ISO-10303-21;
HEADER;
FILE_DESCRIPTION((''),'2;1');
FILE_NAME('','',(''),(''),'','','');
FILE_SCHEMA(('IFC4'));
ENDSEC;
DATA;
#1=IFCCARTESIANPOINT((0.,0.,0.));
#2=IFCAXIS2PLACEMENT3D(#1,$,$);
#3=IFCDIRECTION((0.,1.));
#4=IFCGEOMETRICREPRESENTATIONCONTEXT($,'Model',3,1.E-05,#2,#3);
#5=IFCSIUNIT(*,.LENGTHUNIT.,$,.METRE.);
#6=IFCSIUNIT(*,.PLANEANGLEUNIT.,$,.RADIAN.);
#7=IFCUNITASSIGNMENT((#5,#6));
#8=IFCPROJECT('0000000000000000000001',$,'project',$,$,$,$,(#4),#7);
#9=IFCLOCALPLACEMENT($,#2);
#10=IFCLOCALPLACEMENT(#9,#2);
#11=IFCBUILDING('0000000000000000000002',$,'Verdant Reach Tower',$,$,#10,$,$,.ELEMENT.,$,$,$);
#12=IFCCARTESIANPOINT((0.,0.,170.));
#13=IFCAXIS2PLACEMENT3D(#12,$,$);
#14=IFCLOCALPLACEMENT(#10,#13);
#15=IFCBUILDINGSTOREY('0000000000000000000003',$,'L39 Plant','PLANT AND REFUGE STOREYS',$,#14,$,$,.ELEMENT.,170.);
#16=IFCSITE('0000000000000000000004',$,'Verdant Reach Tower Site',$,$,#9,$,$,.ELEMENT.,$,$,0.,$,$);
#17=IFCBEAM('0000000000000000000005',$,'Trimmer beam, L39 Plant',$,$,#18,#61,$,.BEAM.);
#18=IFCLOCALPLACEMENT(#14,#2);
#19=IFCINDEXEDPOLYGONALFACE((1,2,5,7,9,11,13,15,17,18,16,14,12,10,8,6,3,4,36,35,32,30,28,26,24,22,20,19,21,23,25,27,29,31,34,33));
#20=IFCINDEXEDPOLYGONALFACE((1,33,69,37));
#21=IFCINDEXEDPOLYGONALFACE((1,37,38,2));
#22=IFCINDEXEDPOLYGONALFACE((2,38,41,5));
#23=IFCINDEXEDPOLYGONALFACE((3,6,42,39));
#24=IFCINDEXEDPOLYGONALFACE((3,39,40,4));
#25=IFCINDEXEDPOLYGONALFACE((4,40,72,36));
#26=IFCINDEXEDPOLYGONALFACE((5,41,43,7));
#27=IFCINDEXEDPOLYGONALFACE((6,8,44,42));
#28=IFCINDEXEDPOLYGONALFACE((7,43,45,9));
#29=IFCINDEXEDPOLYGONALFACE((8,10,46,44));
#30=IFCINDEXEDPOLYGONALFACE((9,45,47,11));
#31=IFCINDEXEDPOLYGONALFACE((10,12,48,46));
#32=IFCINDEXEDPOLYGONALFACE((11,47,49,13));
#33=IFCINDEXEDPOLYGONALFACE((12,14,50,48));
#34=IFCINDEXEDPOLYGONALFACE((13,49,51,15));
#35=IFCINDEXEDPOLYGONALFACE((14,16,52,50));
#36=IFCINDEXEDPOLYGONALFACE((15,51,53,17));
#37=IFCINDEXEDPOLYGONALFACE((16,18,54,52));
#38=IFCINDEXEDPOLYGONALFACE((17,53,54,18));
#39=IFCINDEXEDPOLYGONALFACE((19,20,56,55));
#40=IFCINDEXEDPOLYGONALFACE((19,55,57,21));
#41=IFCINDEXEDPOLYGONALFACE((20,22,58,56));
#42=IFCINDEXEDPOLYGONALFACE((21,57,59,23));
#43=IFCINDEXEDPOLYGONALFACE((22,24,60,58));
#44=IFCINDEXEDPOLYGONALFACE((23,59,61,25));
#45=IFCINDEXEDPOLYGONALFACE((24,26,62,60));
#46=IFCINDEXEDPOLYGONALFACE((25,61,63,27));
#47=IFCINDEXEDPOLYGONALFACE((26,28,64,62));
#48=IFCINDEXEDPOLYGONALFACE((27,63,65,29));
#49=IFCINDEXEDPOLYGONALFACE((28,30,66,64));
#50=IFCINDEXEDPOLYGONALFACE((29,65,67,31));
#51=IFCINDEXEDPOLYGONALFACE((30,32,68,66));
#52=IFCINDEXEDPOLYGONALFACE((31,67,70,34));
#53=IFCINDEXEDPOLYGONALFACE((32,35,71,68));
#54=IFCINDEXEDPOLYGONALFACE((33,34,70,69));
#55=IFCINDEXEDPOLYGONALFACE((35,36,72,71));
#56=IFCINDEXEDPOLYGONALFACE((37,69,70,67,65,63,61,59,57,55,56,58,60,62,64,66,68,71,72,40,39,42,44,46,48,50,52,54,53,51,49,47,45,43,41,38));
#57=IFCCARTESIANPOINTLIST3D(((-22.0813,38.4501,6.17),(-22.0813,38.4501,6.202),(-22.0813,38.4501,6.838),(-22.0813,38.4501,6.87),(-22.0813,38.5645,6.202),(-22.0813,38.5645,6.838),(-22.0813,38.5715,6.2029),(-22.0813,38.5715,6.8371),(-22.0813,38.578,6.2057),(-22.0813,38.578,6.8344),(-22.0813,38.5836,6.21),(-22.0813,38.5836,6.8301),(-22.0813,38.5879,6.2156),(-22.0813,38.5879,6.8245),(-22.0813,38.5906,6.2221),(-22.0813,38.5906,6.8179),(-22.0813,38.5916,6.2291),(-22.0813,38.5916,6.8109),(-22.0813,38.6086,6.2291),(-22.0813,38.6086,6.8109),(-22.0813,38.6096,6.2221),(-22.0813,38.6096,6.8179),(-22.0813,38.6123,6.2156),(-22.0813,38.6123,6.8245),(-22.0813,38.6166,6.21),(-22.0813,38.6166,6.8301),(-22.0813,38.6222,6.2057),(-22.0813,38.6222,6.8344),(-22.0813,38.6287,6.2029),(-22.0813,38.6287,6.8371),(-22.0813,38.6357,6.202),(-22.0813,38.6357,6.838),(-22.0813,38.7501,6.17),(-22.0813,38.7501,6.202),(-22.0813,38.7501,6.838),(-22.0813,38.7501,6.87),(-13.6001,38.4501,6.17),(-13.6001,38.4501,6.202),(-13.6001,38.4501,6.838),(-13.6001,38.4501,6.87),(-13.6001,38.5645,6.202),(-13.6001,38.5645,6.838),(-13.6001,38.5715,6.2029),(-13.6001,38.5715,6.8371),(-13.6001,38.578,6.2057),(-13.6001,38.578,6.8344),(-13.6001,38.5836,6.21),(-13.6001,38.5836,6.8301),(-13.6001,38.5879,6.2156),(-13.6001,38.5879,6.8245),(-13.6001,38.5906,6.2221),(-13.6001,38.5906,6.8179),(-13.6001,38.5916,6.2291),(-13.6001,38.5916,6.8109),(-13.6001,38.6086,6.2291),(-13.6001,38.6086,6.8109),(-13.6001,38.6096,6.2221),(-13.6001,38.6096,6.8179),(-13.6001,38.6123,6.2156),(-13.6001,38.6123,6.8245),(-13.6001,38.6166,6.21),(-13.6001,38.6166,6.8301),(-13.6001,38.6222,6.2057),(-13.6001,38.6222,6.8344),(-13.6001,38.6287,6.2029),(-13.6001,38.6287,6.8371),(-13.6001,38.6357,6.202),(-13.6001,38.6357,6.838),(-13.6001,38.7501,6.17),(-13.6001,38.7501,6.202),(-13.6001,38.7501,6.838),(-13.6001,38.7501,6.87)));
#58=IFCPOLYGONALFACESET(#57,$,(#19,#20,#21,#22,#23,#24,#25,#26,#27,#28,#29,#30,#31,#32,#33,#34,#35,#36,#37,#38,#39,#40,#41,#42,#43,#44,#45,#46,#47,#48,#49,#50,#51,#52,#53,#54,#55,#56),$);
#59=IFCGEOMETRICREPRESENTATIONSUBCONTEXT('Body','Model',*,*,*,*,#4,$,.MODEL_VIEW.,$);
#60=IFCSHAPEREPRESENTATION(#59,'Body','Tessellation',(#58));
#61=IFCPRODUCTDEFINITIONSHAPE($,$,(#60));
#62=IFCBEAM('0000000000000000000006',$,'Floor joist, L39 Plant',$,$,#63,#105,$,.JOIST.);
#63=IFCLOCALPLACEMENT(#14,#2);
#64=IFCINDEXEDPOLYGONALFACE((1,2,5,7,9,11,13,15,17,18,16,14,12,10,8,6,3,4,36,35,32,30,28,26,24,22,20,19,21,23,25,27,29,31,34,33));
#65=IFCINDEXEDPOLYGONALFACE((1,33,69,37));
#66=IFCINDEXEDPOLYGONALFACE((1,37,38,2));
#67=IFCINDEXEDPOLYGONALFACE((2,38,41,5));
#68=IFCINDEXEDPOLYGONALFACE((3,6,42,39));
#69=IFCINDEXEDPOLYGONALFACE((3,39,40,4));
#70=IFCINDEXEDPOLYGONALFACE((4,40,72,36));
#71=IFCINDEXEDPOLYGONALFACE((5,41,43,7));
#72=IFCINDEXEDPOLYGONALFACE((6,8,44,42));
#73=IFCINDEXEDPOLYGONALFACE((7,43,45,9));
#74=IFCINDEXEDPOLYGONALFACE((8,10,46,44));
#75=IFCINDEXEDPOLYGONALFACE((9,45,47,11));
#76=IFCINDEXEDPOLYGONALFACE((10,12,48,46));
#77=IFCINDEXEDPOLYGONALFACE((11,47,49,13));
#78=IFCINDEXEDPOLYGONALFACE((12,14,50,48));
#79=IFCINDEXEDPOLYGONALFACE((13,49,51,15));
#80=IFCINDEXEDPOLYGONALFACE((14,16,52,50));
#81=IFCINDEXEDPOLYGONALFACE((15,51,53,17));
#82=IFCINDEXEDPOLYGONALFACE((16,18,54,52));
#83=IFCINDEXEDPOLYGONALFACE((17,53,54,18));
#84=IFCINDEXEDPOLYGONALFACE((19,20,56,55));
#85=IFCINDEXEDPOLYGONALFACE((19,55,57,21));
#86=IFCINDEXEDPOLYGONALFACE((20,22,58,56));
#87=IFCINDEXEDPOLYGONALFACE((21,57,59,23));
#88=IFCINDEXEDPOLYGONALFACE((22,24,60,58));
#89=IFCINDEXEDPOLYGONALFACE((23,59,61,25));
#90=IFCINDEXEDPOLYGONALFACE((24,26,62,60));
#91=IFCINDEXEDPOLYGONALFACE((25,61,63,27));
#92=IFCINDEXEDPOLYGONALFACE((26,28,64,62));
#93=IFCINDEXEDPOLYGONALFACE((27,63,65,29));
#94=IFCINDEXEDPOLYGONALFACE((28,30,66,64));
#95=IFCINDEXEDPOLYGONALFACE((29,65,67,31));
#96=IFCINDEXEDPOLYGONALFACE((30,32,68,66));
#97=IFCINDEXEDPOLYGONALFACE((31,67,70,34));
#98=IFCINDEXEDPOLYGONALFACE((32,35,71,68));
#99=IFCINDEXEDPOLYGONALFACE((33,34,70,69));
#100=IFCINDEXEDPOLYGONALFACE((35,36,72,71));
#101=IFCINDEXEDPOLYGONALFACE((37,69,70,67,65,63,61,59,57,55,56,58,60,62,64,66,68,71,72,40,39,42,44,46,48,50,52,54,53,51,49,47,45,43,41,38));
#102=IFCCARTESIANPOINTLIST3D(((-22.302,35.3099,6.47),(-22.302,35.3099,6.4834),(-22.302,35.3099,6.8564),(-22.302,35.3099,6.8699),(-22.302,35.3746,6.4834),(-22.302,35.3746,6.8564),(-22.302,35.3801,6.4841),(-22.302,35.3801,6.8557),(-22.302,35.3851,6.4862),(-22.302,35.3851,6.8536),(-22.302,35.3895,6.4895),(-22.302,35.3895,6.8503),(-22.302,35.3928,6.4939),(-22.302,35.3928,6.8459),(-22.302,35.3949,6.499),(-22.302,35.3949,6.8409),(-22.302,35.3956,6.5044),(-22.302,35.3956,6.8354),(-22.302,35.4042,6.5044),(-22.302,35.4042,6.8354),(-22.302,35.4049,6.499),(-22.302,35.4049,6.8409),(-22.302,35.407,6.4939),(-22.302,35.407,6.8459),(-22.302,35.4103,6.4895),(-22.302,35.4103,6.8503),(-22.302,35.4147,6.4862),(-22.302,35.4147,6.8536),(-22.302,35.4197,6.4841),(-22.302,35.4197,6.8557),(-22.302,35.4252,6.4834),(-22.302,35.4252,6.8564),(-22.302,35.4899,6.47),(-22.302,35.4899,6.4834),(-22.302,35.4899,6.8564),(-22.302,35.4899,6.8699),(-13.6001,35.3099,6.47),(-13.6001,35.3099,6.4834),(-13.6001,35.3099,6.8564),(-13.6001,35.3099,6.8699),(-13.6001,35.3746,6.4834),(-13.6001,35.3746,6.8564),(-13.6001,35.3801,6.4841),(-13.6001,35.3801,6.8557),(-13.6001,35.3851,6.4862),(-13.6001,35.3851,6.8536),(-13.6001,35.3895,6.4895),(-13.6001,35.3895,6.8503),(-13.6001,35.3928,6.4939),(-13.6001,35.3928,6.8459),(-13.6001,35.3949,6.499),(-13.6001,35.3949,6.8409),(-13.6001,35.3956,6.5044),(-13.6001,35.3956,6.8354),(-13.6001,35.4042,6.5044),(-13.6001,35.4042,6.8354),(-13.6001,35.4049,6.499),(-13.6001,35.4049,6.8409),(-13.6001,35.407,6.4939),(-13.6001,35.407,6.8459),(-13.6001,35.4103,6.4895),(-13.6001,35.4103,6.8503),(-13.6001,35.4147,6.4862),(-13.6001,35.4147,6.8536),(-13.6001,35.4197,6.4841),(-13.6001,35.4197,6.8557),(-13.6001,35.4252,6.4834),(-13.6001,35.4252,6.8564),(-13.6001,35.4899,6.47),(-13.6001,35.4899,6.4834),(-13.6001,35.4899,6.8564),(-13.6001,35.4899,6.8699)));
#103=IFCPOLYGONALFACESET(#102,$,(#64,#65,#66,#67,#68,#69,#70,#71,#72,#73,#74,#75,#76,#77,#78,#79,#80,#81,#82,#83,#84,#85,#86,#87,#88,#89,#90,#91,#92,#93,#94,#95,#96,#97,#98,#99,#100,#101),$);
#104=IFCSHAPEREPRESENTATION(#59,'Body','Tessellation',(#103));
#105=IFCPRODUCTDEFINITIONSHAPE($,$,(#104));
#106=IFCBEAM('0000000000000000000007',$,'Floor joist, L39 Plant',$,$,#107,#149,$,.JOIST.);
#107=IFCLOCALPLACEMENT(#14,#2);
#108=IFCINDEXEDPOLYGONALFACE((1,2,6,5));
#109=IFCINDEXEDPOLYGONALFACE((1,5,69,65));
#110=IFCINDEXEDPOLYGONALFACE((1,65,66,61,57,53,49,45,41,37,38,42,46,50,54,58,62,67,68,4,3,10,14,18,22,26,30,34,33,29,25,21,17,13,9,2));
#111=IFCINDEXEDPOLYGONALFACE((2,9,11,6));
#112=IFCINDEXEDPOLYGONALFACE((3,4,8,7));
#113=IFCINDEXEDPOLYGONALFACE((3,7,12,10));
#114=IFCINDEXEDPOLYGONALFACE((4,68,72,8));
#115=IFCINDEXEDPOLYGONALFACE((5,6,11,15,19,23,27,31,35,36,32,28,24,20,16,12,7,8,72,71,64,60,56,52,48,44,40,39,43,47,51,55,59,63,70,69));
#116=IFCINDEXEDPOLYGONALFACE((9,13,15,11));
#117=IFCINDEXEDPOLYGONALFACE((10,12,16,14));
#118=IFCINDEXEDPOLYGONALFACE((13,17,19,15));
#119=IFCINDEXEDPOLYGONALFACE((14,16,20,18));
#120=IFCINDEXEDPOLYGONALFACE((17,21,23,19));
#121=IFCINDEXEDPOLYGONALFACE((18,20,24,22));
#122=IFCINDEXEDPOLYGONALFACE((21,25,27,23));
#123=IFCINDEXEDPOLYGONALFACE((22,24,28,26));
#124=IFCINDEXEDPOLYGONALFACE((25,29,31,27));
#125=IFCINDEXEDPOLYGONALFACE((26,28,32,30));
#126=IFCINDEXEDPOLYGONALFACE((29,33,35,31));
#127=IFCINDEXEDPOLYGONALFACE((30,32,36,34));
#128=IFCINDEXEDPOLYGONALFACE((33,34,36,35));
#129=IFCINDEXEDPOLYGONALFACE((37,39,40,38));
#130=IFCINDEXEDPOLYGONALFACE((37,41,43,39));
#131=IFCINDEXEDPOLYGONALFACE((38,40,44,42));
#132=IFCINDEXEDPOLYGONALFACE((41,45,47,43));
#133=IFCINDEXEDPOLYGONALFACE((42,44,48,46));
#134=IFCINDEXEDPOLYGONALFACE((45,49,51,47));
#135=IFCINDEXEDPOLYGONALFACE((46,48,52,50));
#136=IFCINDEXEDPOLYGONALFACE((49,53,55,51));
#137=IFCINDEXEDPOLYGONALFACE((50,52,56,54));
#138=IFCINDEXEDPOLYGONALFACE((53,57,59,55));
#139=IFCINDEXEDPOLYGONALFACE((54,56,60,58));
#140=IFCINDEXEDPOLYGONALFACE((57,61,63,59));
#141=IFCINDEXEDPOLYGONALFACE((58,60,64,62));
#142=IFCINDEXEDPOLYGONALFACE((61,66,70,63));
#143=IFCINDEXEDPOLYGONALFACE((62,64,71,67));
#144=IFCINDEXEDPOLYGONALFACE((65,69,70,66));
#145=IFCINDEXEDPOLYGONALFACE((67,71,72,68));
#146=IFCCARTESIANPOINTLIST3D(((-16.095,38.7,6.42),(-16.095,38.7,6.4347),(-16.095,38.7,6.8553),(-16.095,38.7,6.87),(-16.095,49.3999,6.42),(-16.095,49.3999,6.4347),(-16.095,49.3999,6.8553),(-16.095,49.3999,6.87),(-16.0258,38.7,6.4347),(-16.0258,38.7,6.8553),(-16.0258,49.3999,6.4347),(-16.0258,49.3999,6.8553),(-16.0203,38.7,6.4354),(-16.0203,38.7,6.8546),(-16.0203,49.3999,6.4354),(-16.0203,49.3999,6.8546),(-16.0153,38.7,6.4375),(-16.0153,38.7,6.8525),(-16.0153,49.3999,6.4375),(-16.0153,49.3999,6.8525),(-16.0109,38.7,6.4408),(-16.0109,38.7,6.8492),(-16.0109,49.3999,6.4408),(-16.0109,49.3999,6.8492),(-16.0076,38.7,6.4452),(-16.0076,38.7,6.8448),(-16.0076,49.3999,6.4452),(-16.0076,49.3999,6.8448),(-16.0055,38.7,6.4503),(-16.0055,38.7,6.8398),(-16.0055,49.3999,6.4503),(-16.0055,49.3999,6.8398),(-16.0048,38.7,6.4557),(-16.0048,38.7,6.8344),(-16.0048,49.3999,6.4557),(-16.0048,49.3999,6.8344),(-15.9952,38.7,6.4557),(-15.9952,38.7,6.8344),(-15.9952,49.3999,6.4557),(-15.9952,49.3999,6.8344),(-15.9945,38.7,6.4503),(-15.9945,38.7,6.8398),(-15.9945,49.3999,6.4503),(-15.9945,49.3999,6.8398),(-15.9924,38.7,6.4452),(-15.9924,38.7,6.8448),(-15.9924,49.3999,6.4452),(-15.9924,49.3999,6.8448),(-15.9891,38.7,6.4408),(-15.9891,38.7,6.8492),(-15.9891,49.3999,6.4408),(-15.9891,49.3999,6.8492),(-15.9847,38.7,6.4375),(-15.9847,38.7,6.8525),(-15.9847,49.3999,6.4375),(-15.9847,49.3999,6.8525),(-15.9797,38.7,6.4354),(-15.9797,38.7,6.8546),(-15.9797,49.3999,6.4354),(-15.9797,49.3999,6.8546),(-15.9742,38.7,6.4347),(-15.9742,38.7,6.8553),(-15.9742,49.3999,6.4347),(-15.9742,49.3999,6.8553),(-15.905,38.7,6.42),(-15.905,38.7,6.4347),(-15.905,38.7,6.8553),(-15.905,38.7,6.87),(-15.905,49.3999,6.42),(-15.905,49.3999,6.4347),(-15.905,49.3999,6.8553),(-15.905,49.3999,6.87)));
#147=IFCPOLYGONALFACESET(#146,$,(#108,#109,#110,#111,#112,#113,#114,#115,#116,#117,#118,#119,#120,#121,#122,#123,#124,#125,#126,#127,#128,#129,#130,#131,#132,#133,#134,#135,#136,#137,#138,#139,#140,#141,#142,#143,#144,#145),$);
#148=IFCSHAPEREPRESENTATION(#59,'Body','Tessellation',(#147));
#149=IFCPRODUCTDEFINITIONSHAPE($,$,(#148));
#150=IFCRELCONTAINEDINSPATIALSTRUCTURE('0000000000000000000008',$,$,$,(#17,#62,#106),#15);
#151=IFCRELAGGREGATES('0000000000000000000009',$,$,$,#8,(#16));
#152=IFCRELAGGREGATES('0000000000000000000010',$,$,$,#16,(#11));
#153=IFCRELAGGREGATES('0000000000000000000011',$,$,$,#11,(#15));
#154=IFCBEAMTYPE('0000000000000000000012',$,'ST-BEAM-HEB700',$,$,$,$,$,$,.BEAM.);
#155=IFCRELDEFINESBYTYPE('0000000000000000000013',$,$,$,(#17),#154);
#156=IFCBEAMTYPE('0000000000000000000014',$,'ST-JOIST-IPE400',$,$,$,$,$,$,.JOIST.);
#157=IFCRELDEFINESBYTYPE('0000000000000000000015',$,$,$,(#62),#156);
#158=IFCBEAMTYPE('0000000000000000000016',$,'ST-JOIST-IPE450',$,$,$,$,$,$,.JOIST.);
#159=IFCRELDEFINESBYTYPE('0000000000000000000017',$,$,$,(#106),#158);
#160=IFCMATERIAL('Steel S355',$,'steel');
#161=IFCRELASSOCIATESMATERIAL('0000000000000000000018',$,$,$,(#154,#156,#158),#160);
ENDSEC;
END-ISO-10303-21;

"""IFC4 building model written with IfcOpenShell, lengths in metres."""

from ifc_helpers import new_model, si_unit, direction, frame, origin, origin_2d, place, context, subcontext, project, spatial, i_section, extrude, material, material_profile, profile_set, type_object, element, save


model = new_model("IFC4")

# Units and contexts
model_context = context("Model", 3, precision=1e-05, world=origin(), true_north=direction((0.0, 1.0)))
body_context = subcontext(model_context, "Body", "Model", "MODEL_VIEW")
ifc_project = project(units=[si_unit("LENGTHUNIT", "METRE"), si_unit("PLANEANGLEUNIT", "RADIAN")], contexts=[model_context])

# Site, building, storey
site_placement = place(None, origin())
site = spatial("IfcSite", under=ifc_project, at=site_placement, Name="Verdant Reach Tower Site", CompositionType="ELEMENT", RefElevation=0.0)
building_placement = place(site_placement, origin())
building = spatial("IfcBuilding", under=site, at=building_placement, Name="Verdant Reach Tower", CompositionType="ELEMENT")
storey_placement = place(building_placement, frame((0.0, 0.0, 170.0)))
storey = spatial("IfcBuildingStorey", under=building, at=storey_placement, Name="L39 Plant", Description="PLANT AND REFUGE STOREYS", CompositionType="ELEMENT", Elevation=170.0)

# Beams
ifc_material_1 = material(Name="Steel S355", Category="steel")
ifc_material_profile_1 = material_profile(ifc_material_1, i_section(OverallWidth=0.3, OverallDepth=0.7, WebThickness=0.0171, FlangeThickness=0.032, FilletRadius=0.0271, at=origin_2d()), Name="HEB 700")
ifc_profile_set_1 = profile_set([ifc_material_profile_1], Name="Steel S355")
beam_type_1 = type_object("IfcBeamType", Name="ST-BEAM-HEB700", PredefinedType="BEAM", material=ifc_profile_set_1)
beam_1_placement = place(storey_placement, frame((-13.6001, 38.6001, 6.52), z_axis=(-1.0, 0.0, 0.0), x_axis=(0.0, -1.0, 0.0)))
element("IfcBeam", 1, at=beam_1_placement, inside=storey, type_object=beam_type_1, Name="Trimmer beam, L39 Plant", PredefinedType="BEAM", context=body_context, shape_type="SweptSolid", body=[
    extrude(i_section(OverallWidth=0.3, OverallDepth=0.7, WebThickness=0.0171, FlangeThickness=0.032, FilletRadius=0.0271, at=origin_2d()), origin(), (0.0, 0.0, 1.0), 8.4812),
])
ifc_material_profile_2 = material_profile(ifc_material_1, i_section(OverallWidth=0.1799, OverallDepth=0.3999, WebThickness=0.0085, FlangeThickness=0.0134, FilletRadius=0.021, at=origin_2d()), Name="IPE 400")
ifc_profile_set_2 = profile_set([ifc_material_profile_2], Name="Steel S355")
beam_type_2 = type_object("IfcBeamType", Name="ST-JOIST-IPE400", PredefinedType="JOIST", material=ifc_profile_set_2)
beam_2_placement = place(storey_placement, frame((-13.6001, 35.3999, 6.6699), z_axis=(-1.0, 0.0, 0.0), x_axis=(0.0, -1.0, 0.0)))
element("IfcBeam", 2, at=beam_2_placement, inside=storey, type_object=beam_type_2, Name="Floor joist, L39 Plant", PredefinedType="JOIST", context=body_context, shape_type="SweptSolid", body=[
    extrude(i_section(OverallWidth=0.1799, OverallDepth=0.3999, WebThickness=0.0085, FlangeThickness=0.0134, FilletRadius=0.021, at=origin_2d()), origin(), (0.0, 0.0, 1.0), 8.7019),
])
ifc_material_profile_3 = material_profile(ifc_material_1, i_section(OverallWidth=0.1899, OverallDepth=0.45, WebThickness=0.0095, FlangeThickness=0.0146, FilletRadius=0.021, at=origin_2d()), Name="IPE 450")
ifc_profile_set_3 = profile_set([ifc_material_profile_3], Name="Steel S355")
beam_type_3 = type_object("IfcBeamType", Name="ST-JOIST-IPE450", PredefinedType="JOIST", material=ifc_profile_set_3)
beam_3_placement = place(storey_placement, frame((-16.0, 38.7, 6.645), z_axis=(0.0, 1.0, 0.0), x_axis=(-1.0, 0.0, 0.0)))
element("IfcBeam", 3, at=beam_3_placement, inside=storey, type_object=beam_type_3, Name="Floor joist, L39 Plant", PredefinedType="JOIST", context=body_context, shape_type="SweptSolid", body=[
    extrude(i_section(OverallWidth=0.1899, OverallDepth=0.45, WebThickness=0.0095, FlangeThickness=0.0146, FilletRadius=0.021, at=origin_2d()), origin(), (0.0, 0.0, 1.0), 10.7),
])

save(model, "model.ifc")
